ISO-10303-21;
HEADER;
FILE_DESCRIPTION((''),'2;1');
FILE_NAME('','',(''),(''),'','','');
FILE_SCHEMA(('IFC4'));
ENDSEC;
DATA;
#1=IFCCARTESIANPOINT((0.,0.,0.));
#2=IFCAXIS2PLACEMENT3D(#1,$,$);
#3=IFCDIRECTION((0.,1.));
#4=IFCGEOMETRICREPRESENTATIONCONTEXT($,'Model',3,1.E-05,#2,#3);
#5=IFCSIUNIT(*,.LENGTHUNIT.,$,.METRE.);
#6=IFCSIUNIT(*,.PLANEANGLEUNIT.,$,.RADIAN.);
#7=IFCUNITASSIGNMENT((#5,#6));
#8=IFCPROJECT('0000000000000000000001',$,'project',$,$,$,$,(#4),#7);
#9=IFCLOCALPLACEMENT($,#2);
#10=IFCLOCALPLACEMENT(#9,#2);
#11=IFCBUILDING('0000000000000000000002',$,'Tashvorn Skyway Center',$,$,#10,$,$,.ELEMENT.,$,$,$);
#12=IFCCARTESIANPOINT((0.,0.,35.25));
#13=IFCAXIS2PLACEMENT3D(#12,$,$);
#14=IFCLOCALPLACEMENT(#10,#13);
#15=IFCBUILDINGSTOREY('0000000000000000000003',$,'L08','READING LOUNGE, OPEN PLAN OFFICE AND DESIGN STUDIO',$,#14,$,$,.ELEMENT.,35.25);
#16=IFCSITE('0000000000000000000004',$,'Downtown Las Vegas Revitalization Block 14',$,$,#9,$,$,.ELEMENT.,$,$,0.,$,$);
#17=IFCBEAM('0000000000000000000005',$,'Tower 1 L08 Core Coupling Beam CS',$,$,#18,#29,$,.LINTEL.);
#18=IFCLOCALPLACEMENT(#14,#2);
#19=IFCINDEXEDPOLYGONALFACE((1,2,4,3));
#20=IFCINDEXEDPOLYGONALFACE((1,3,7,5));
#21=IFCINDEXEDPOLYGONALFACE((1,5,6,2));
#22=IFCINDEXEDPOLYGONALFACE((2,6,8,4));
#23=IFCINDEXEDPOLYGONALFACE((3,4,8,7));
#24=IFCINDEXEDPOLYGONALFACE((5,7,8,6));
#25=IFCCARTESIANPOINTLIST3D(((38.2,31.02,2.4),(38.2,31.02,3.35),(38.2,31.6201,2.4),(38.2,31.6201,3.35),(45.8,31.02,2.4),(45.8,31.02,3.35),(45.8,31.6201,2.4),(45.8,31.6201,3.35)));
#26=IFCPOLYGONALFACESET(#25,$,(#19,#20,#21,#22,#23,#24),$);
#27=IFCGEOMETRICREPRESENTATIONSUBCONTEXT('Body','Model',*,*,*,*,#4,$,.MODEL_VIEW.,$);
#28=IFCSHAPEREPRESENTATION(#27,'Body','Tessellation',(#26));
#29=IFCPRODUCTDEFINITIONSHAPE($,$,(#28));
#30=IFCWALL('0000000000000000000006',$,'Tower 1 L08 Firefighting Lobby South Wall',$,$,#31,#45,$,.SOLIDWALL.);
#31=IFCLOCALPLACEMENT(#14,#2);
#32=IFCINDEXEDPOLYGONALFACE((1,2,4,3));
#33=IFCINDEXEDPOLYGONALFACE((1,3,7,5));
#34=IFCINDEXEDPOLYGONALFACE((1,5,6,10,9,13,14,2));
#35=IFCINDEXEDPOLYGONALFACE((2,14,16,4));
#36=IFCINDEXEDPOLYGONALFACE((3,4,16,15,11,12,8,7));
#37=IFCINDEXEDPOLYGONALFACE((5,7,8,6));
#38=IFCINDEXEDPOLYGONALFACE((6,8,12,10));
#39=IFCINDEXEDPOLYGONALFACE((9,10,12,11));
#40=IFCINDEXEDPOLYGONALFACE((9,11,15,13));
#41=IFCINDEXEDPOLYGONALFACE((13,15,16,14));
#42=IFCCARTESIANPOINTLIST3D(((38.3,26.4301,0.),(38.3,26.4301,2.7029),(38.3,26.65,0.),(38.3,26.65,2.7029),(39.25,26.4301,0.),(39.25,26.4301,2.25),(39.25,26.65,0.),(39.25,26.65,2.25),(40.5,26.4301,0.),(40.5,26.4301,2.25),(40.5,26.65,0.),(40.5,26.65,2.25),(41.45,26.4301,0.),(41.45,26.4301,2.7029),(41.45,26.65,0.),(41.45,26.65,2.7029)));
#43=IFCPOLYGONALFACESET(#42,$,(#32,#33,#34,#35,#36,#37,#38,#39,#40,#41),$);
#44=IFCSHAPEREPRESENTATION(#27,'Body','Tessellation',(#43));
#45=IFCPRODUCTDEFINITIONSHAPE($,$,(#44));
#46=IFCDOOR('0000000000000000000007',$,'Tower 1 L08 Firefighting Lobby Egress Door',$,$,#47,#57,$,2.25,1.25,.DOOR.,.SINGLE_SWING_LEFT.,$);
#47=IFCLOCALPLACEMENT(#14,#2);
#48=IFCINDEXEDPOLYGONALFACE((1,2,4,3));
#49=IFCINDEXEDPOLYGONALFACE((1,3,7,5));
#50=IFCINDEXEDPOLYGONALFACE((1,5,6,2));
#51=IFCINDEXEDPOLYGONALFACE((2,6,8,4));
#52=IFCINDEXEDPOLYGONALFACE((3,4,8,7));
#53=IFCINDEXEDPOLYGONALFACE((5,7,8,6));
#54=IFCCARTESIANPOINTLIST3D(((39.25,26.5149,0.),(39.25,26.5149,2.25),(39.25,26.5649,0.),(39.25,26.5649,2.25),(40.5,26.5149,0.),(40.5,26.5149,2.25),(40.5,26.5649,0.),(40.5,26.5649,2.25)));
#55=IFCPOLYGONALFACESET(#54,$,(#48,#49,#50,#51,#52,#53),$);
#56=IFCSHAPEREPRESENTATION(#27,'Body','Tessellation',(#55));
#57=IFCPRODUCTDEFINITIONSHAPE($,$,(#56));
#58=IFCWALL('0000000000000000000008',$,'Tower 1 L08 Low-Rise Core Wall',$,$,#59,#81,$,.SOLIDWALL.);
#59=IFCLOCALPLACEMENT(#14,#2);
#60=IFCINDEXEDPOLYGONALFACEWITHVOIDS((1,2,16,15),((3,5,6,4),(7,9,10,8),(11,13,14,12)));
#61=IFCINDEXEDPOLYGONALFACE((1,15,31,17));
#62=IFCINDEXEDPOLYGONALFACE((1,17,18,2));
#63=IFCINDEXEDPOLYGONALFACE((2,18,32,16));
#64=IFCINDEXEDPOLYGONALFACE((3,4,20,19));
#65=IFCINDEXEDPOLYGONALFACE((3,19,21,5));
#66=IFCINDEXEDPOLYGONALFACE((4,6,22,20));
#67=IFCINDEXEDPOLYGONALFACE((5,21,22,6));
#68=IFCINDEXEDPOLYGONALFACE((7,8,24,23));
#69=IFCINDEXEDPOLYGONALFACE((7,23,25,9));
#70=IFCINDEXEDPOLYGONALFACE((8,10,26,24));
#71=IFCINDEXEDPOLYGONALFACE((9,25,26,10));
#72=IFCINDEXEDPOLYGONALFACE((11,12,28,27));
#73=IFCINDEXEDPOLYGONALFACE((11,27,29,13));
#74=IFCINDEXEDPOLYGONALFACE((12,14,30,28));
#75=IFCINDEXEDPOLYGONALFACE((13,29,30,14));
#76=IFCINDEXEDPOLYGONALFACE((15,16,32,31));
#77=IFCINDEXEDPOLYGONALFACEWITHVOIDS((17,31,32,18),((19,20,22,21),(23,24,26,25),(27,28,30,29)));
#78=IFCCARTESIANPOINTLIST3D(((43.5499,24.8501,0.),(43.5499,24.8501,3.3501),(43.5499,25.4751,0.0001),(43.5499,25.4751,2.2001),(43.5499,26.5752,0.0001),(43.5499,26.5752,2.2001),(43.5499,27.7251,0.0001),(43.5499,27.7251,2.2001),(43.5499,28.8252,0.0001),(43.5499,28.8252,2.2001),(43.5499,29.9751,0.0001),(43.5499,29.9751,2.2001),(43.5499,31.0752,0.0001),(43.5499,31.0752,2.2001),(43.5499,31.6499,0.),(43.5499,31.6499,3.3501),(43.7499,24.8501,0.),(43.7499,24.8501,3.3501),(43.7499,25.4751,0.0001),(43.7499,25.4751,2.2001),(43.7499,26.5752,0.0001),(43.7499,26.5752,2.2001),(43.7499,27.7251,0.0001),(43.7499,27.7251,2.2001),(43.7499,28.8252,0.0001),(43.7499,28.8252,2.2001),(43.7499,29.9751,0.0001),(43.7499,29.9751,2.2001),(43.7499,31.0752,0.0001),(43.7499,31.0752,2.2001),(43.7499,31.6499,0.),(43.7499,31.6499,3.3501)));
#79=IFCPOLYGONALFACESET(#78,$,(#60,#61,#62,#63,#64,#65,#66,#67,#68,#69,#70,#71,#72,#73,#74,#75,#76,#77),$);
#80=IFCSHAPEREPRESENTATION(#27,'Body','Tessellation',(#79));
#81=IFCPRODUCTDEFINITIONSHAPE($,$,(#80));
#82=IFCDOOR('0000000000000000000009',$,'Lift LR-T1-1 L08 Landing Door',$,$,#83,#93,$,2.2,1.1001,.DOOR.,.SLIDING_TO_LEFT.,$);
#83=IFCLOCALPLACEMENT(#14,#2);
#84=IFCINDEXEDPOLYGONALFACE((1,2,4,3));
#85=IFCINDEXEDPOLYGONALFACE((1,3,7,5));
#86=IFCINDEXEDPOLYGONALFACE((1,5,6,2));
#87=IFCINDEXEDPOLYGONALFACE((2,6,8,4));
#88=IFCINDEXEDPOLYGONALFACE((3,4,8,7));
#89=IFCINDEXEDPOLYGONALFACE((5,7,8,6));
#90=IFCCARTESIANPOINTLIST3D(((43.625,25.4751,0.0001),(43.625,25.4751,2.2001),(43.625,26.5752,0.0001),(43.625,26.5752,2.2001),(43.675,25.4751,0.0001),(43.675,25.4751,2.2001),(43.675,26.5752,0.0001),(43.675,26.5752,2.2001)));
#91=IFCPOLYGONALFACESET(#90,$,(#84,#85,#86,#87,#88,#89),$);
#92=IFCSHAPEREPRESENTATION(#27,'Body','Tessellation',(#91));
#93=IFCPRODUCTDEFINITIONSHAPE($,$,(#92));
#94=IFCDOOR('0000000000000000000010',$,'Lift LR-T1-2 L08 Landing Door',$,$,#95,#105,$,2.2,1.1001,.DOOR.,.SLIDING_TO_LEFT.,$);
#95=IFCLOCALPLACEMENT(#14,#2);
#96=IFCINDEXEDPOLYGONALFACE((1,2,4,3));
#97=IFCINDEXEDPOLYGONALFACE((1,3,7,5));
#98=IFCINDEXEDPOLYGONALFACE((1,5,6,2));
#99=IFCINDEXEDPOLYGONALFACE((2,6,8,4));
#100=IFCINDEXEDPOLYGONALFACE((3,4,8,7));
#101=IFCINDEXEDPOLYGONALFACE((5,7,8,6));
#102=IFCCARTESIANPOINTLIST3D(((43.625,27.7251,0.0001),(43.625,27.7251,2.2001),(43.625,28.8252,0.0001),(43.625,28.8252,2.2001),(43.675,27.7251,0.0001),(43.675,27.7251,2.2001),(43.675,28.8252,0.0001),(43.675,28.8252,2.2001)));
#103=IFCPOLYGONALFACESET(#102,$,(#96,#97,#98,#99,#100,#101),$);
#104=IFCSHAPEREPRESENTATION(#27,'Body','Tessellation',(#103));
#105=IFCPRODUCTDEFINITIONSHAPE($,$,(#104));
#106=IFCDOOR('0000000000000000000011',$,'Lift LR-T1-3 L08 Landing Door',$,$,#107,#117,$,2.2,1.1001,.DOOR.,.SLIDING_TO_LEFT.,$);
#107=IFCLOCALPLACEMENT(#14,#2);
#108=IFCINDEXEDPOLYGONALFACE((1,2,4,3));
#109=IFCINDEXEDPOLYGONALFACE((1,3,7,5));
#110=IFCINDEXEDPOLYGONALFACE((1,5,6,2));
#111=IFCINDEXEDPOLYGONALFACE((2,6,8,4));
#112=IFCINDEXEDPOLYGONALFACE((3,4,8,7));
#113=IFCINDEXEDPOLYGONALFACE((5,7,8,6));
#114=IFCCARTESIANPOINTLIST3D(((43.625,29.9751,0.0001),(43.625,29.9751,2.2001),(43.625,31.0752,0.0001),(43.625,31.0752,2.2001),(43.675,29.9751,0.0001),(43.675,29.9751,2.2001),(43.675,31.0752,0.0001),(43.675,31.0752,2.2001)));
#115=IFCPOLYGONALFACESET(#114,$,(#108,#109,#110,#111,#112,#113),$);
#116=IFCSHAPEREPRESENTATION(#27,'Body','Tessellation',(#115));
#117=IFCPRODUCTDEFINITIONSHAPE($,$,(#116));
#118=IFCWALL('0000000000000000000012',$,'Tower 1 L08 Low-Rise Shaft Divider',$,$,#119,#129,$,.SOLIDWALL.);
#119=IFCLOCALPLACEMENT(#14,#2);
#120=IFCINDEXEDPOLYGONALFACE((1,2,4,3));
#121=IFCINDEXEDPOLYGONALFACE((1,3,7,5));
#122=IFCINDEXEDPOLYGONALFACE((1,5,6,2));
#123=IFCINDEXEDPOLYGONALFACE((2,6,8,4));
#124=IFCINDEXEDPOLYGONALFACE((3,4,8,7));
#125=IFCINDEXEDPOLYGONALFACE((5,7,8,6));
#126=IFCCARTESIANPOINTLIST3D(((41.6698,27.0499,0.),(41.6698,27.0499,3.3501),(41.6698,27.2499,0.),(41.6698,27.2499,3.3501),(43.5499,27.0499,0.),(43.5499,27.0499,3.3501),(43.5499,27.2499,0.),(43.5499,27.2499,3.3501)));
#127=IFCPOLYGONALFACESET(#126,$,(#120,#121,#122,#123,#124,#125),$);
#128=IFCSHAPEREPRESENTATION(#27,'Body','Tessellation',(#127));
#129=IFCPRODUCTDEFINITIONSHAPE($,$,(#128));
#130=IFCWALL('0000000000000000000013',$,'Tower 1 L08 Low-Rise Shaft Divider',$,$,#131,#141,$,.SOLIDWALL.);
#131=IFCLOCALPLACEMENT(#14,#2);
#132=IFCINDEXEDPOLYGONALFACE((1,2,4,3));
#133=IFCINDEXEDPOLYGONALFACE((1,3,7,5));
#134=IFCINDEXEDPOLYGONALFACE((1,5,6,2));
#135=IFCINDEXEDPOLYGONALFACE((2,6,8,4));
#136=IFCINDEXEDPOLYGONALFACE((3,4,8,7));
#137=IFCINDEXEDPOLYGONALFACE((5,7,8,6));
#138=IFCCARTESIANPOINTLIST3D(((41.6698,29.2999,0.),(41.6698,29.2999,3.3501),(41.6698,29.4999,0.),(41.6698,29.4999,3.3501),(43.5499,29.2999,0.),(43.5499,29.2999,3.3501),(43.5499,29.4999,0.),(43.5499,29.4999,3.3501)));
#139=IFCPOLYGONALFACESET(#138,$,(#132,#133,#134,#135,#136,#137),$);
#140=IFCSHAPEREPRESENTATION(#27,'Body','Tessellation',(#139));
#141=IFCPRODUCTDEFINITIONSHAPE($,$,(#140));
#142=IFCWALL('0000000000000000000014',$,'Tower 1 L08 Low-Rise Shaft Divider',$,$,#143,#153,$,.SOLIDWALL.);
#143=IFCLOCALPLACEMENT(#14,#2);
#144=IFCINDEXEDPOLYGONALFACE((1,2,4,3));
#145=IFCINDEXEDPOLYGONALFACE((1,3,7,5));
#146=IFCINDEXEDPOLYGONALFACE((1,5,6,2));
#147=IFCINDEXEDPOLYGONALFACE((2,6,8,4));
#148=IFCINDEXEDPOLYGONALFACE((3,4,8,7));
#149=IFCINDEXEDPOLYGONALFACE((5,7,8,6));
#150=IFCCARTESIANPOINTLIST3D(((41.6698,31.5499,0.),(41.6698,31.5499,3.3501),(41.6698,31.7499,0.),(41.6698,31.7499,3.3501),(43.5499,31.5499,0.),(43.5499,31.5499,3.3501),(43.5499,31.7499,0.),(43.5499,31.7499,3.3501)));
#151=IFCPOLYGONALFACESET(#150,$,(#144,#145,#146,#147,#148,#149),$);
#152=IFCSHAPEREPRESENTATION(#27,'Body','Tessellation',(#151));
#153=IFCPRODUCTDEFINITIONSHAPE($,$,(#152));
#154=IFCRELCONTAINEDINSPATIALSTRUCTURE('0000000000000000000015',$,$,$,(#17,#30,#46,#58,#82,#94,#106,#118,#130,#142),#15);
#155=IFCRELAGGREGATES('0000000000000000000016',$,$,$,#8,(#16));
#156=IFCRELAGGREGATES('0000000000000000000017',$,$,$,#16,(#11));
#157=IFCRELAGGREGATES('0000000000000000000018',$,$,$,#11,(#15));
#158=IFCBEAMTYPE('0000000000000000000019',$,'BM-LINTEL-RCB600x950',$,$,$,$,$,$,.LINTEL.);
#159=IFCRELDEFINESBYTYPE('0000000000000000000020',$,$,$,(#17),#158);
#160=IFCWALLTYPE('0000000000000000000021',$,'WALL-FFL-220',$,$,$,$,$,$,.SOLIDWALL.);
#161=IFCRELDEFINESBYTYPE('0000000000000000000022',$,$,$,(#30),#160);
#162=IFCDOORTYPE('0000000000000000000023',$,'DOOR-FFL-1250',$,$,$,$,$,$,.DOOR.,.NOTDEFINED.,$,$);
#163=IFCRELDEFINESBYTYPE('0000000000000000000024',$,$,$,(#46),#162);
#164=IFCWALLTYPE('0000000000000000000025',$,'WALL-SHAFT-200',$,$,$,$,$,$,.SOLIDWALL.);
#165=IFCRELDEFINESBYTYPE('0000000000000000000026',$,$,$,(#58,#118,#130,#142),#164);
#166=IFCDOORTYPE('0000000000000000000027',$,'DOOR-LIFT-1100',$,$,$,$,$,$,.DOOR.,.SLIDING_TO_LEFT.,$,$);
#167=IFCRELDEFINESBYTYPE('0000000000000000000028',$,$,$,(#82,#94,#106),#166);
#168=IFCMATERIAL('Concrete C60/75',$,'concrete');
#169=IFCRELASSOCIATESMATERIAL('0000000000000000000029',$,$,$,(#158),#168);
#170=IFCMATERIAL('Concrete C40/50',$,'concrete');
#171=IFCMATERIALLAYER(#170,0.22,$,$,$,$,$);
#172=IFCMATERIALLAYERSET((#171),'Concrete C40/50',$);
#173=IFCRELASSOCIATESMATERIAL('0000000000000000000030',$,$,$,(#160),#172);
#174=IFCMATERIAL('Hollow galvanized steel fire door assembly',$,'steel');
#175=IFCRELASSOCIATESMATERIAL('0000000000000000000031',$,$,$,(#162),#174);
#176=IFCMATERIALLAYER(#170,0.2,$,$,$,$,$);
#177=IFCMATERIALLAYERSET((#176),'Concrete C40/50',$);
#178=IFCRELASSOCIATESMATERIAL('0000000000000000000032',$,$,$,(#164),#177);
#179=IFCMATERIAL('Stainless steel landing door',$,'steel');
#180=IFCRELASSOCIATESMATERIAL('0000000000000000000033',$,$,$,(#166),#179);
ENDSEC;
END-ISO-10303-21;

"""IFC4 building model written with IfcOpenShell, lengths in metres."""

from ifc_helpers import new_model, si_unit, direction, frame, frame_2d, origin, origin_2d, place, context, subcontext, project, spatial, rectangle, extrude, material, layer, layer_set, material_profile, profile_set, type_object, element, fill, save


model = new_model("IFC4")

# Units and contexts
model_context = context("Model", 3, precision=1e-05, world=origin(), true_north=direction((0.0, 1.0)))
body_context = subcontext(model_context, "Body", "Model", "MODEL_VIEW")
ifc_project = project(units=[si_unit("LENGTHUNIT", "METRE"), si_unit("PLANEANGLEUNIT", "RADIAN")], contexts=[model_context])

# Site, building, storey
site_placement = place(None, origin())
site = spatial("IfcSite", under=ifc_project, at=site_placement, Name="Downtown Las Vegas Revitalization Block 14", CompositionType="ELEMENT", RefElevation=0.0)
building_placement = place(site_placement, origin())
building = spatial("IfcBuilding", under=site, at=building_placement, Name="Tashvorn Skyway Center", CompositionType="ELEMENT")
storey_placement = place(building_placement, frame((0.0, 0.0, 35.25)))
storey = spatial("IfcBuildingStorey", under=building, at=storey_placement, Name="L08", Description="READING LOUNGE, OPEN PLAN OFFICE AND DESIGN STUDIO", CompositionType="ELEMENT", Elevation=35.25)

# Beam
ifc_material_1 = material(Name="Concrete C60/75", Category="concrete")
ifc_material_profile = material_profile(ifc_material_1, rectangle(XDim=0.6001, YDim=0.95, at=origin_2d()), Name="RCB600x950")
ifc_profile_set = profile_set([ifc_material_profile], Name="Concrete C60/75")
beam_type = type_object("IfcBeamType", Name="BM-LINTEL-RCB600x950", PredefinedType="LINTEL", material=ifc_profile_set)
beam_placement = place(storey_placement, frame((38.2, 31.3201, 2.875), z_axis=(1.0, 0.0, 0.0), x_axis=(0.0, 1.0, 0.0)))
element("IfcBeam", 1, at=beam_placement, inside=storey, type_object=beam_type, Name="Tower 1 L08 Core Coupling Beam CS", PredefinedType="LINTEL", context=body_context, shape_type="SweptSolid", body=[
    extrude(rectangle(XDim=0.6001, YDim=0.95, at=origin_2d()), origin(), (0.0, 0.0, 1.0), 7.6001),
])

# Wall, opening, door
ifc_material_2 = material(Name="Concrete C40/50", Category="concrete")
ifc_layer_1 = layer(ifc_material_2, 0.22)
ifc_layer_set_1 = layer_set([ifc_layer_1], Name="Concrete C40/50")
wall_type_1 = type_object("IfcWallType", Name="WALL-FFL-220", PredefinedType="SOLIDWALL", material=ifc_layer_set_1)
wall_1_placement = place(storey_placement, frame((38.3, 26.54, 0.0), z_axis=(0.0, 0.0, 1.0), x_axis=(1.0, 0.0, 0.0)))
wall_1 = element("IfcWall", 2, at=wall_1_placement, inside=storey, type_object=wall_type_1, Name="Tower 1 L08 Firefighting Lobby South Wall", PredefinedType="SOLIDWALL", context=body_context, shape_type="SweptSolid", body=[
    extrude(rectangle(XDim=3.1499, YDim=0.22, at=frame_2d((1.575, 0.0))), origin(), (0.0, 0.0, 1.0), 2.7029),
])
opening_1_placement = place(wall_1_placement, frame((0.95, 0.0, 0.0)))
opening_1 = element("IfcOpeningElement", 3, at=opening_1_placement, cuts=wall_1, PredefinedType="OPENING", context=body_context, shape_type="SweptSolid", body=[
    extrude(rectangle(XDim=1.25, YDim=2.25, at=frame_2d((0.625, 1.125))), frame((0.0, 0.1199, 0.0), z_axis=(0.0, -1.0, 0.0), x_axis=(1.0, 0.0, 0.0)), (0.0, 0.0, 1.0), 0.24),
])
ifc_material_3 = material(Name="Hollow galvanized steel fire door assembly", Category="steel")
door_type_1 = type_object("IfcDoorType", Name="DOOR-FFL-1250", OperationType="NOTDEFINED", PredefinedType="DOOR", material=ifc_material_3)
door_1_placement = place(opening_1_placement, origin())
door_1 = element("IfcDoor", 4, at=door_1_placement, inside=storey, type_object=door_type_1, Name="Tower 1 L08 Firefighting Lobby Egress Door", OperationType="SINGLE_SWING_LEFT", OverallHeight=2.25, OverallWidth=1.25, PredefinedType="DOOR", context=body_context, shape_type="SweptSolid", body=[
    extrude(rectangle(XDim=1.25, YDim=2.25, at=frame_2d((0.625, 1.125))), frame((0.0, 0.0249, 0.0), z_axis=(0.0, -1.0, 0.0), x_axis=(1.0, 0.0, 0.0)), (0.0, 0.0, 1.0), 0.05),
])
fill(opening_1, door_1)

# Wall, openings, doors
ifc_layer_2 = layer(ifc_material_2, 0.2)
ifc_layer_set_2 = layer_set([ifc_layer_2], Name="Concrete C40/50")
wall_type_2 = type_object("IfcWallType", Name="WALL-SHAFT-200", PredefinedType="SOLIDWALL", material=ifc_layer_set_2)
wall_2_placement = place(storey_placement, frame((43.6499, 24.8501, 0.0), z_axis=(0.0, 0.0, 1.0), x_axis=(0.0, 1.0, 0.0)))
wall_2 = element("IfcWall", 5, at=wall_2_placement, inside=storey, type_object=wall_type_2, Name="Tower 1 L08 Low-Rise Core Wall", PredefinedType="SOLIDWALL", context=body_context, shape_type="SweptSolid", body=[
    extrude(rectangle(XDim=6.7998, YDim=0.2, at=frame_2d((3.3999, 0.0))), origin(), (0.0, 0.0, 1.0), 3.3501),
])
opening_2_placement = place(wall_2_placement, frame((0.625, 0.0, 0.0)))
opening_2 = element("IfcOpeningElement", 6, at=opening_2_placement, cuts=wall_2, PredefinedType="OPENING", context=body_context, shape_type="SweptSolid", body=[
    extrude(rectangle(XDim=1.1001, YDim=2.2, at=frame_2d((0.55, 1.1001))), frame((0.0, 0.1099, 0.0), z_axis=(0.0, -1.0, 0.0), x_axis=(1.0, 0.0, 0.0)), (0.0, 0.0, 1.0), 0.22),
])
opening_3_placement = place(wall_2_placement, frame((2.875, 0.0, 0.0)))
opening_3 = element("IfcOpeningElement", 7, at=opening_3_placement, cuts=wall_2, PredefinedType="OPENING", context=body_context, shape_type="SweptSolid", body=[
    extrude(rectangle(XDim=1.1001, YDim=2.2, at=frame_2d((0.55, 1.1001))), frame((0.0, 0.1099, 0.0), z_axis=(0.0, -1.0, 0.0), x_axis=(1.0, 0.0, 0.0)), (0.0, 0.0, 1.0), 0.22),
])
opening_4_placement = place(wall_2_placement, frame((5.125, 0.0, 0.0)))
opening_4 = element("IfcOpeningElement", 8, at=opening_4_placement, cuts=wall_2, PredefinedType="OPENING", context=body_context, shape_type="SweptSolid", body=[
    extrude(rectangle(XDim=1.1001, YDim=2.2, at=frame_2d((0.55, 1.1001))), frame((0.0, 0.1099, 0.0), z_axis=(0.0, -1.0, 0.0), x_axis=(1.0, 0.0, 0.0)), (0.0, 0.0, 1.0), 0.22),
])
ifc_material_4 = material(Name="Stainless steel landing door", Category="steel")
door_type_2 = type_object("IfcDoorType", Name="DOOR-LIFT-1100", OperationType="SLIDING_TO_LEFT", PredefinedType="DOOR", material=ifc_material_4)
door_2_placement = place(opening_2_placement, origin())
door_2 = element("IfcDoor", 9, at=door_2_placement, inside=storey, type_object=door_type_2, Name="Lift LR-T1-1 L08 Landing Door", OperationType="SLIDING_TO_LEFT", OverallHeight=2.2, OverallWidth=1.1001, PredefinedType="DOOR", context=body_context, shape_type="SweptSolid", body=[
    extrude(rectangle(XDim=1.1001, YDim=2.2, at=frame_2d((0.55, 1.1001))), frame((0.0, 0.0249, 0.0), z_axis=(0.0, -1.0, 0.0), x_axis=(1.0, 0.0, 0.0)), (0.0, 0.0, 1.0), 0.05),
])
fill(opening_2, door_2)
door_3_placement = place(opening_3_placement, origin())
door_3 = element("IfcDoor", 10, at=door_3_placement, inside=storey, type_object=door_type_2, Name="Lift LR-T1-2 L08 Landing Door", OperationType="SLIDING_TO_LEFT", OverallHeight=2.2, OverallWidth=1.1001, PredefinedType="DOOR", context=body_context, shape_type="SweptSolid", body=[
    extrude(rectangle(XDim=1.1001, YDim=2.2, at=frame_2d((0.55, 1.1001))), frame((0.0, 0.0249, 0.0), z_axis=(0.0, -1.0, 0.0), x_axis=(1.0, 0.0, 0.0)), (0.0, 0.0, 1.0), 0.05),
])
fill(opening_3, door_3)
door_4_placement = place(opening_4_placement, origin())
door_4 = element("IfcDoor", 11, at=door_4_placement, inside=storey, type_object=door_type_2, Name="Lift LR-T1-3 L08 Landing Door", OperationType="SLIDING_TO_LEFT", OverallHeight=2.2, OverallWidth=1.1001, PredefinedType="DOOR", context=body_context, shape_type="SweptSolid", body=[
    extrude(rectangle(XDim=1.1001, YDim=2.2, at=frame_2d((0.55, 1.1001))), frame((0.0, 0.0249, 0.0), z_axis=(0.0, -1.0, 0.0), x_axis=(1.0, 0.0, 0.0)), (0.0, 0.0, 1.0), 0.05),
])
fill(opening_4, door_4)

# Walls
for number, where, z_axis, x_axis, name in (
    (12, (41.6699, 27.1499, 0.0), (0.0, 0.0, 1.0), (1.0, 0.0, 0.0), "Tower 1 L08 Low-Rise Shaft Divider"),
    (13, (41.6699, 29.3999, 0.0), (0.0, 0.0, 1.0), (1.0, 0.0, 0.0), "Tower 1 L08 Low-Rise Shaft Divider"),
    (14, (41.6699, 31.6499, 0.0), (0.0, 0.0, 1.0), (1.0, 0.0, 0.0), "Tower 1 L08 Low-Rise Shaft Divider"),
):
    element("IfcWall", number, at=place(storey_placement, frame(where, z_axis=z_axis, x_axis=x_axis)), inside=storey, type_object=wall_type_2, Name=name, PredefinedType="SOLIDWALL", context=body_context, shape_type="SweptSolid", body=[
        extrude(rectangle(XDim=1.8801, YDim=0.2, at=frame_2d((0.9399, 0.0))), origin(), (0.0, 0.0, 1.0), 3.3501),
    ])

save(model, "model.ifc")
